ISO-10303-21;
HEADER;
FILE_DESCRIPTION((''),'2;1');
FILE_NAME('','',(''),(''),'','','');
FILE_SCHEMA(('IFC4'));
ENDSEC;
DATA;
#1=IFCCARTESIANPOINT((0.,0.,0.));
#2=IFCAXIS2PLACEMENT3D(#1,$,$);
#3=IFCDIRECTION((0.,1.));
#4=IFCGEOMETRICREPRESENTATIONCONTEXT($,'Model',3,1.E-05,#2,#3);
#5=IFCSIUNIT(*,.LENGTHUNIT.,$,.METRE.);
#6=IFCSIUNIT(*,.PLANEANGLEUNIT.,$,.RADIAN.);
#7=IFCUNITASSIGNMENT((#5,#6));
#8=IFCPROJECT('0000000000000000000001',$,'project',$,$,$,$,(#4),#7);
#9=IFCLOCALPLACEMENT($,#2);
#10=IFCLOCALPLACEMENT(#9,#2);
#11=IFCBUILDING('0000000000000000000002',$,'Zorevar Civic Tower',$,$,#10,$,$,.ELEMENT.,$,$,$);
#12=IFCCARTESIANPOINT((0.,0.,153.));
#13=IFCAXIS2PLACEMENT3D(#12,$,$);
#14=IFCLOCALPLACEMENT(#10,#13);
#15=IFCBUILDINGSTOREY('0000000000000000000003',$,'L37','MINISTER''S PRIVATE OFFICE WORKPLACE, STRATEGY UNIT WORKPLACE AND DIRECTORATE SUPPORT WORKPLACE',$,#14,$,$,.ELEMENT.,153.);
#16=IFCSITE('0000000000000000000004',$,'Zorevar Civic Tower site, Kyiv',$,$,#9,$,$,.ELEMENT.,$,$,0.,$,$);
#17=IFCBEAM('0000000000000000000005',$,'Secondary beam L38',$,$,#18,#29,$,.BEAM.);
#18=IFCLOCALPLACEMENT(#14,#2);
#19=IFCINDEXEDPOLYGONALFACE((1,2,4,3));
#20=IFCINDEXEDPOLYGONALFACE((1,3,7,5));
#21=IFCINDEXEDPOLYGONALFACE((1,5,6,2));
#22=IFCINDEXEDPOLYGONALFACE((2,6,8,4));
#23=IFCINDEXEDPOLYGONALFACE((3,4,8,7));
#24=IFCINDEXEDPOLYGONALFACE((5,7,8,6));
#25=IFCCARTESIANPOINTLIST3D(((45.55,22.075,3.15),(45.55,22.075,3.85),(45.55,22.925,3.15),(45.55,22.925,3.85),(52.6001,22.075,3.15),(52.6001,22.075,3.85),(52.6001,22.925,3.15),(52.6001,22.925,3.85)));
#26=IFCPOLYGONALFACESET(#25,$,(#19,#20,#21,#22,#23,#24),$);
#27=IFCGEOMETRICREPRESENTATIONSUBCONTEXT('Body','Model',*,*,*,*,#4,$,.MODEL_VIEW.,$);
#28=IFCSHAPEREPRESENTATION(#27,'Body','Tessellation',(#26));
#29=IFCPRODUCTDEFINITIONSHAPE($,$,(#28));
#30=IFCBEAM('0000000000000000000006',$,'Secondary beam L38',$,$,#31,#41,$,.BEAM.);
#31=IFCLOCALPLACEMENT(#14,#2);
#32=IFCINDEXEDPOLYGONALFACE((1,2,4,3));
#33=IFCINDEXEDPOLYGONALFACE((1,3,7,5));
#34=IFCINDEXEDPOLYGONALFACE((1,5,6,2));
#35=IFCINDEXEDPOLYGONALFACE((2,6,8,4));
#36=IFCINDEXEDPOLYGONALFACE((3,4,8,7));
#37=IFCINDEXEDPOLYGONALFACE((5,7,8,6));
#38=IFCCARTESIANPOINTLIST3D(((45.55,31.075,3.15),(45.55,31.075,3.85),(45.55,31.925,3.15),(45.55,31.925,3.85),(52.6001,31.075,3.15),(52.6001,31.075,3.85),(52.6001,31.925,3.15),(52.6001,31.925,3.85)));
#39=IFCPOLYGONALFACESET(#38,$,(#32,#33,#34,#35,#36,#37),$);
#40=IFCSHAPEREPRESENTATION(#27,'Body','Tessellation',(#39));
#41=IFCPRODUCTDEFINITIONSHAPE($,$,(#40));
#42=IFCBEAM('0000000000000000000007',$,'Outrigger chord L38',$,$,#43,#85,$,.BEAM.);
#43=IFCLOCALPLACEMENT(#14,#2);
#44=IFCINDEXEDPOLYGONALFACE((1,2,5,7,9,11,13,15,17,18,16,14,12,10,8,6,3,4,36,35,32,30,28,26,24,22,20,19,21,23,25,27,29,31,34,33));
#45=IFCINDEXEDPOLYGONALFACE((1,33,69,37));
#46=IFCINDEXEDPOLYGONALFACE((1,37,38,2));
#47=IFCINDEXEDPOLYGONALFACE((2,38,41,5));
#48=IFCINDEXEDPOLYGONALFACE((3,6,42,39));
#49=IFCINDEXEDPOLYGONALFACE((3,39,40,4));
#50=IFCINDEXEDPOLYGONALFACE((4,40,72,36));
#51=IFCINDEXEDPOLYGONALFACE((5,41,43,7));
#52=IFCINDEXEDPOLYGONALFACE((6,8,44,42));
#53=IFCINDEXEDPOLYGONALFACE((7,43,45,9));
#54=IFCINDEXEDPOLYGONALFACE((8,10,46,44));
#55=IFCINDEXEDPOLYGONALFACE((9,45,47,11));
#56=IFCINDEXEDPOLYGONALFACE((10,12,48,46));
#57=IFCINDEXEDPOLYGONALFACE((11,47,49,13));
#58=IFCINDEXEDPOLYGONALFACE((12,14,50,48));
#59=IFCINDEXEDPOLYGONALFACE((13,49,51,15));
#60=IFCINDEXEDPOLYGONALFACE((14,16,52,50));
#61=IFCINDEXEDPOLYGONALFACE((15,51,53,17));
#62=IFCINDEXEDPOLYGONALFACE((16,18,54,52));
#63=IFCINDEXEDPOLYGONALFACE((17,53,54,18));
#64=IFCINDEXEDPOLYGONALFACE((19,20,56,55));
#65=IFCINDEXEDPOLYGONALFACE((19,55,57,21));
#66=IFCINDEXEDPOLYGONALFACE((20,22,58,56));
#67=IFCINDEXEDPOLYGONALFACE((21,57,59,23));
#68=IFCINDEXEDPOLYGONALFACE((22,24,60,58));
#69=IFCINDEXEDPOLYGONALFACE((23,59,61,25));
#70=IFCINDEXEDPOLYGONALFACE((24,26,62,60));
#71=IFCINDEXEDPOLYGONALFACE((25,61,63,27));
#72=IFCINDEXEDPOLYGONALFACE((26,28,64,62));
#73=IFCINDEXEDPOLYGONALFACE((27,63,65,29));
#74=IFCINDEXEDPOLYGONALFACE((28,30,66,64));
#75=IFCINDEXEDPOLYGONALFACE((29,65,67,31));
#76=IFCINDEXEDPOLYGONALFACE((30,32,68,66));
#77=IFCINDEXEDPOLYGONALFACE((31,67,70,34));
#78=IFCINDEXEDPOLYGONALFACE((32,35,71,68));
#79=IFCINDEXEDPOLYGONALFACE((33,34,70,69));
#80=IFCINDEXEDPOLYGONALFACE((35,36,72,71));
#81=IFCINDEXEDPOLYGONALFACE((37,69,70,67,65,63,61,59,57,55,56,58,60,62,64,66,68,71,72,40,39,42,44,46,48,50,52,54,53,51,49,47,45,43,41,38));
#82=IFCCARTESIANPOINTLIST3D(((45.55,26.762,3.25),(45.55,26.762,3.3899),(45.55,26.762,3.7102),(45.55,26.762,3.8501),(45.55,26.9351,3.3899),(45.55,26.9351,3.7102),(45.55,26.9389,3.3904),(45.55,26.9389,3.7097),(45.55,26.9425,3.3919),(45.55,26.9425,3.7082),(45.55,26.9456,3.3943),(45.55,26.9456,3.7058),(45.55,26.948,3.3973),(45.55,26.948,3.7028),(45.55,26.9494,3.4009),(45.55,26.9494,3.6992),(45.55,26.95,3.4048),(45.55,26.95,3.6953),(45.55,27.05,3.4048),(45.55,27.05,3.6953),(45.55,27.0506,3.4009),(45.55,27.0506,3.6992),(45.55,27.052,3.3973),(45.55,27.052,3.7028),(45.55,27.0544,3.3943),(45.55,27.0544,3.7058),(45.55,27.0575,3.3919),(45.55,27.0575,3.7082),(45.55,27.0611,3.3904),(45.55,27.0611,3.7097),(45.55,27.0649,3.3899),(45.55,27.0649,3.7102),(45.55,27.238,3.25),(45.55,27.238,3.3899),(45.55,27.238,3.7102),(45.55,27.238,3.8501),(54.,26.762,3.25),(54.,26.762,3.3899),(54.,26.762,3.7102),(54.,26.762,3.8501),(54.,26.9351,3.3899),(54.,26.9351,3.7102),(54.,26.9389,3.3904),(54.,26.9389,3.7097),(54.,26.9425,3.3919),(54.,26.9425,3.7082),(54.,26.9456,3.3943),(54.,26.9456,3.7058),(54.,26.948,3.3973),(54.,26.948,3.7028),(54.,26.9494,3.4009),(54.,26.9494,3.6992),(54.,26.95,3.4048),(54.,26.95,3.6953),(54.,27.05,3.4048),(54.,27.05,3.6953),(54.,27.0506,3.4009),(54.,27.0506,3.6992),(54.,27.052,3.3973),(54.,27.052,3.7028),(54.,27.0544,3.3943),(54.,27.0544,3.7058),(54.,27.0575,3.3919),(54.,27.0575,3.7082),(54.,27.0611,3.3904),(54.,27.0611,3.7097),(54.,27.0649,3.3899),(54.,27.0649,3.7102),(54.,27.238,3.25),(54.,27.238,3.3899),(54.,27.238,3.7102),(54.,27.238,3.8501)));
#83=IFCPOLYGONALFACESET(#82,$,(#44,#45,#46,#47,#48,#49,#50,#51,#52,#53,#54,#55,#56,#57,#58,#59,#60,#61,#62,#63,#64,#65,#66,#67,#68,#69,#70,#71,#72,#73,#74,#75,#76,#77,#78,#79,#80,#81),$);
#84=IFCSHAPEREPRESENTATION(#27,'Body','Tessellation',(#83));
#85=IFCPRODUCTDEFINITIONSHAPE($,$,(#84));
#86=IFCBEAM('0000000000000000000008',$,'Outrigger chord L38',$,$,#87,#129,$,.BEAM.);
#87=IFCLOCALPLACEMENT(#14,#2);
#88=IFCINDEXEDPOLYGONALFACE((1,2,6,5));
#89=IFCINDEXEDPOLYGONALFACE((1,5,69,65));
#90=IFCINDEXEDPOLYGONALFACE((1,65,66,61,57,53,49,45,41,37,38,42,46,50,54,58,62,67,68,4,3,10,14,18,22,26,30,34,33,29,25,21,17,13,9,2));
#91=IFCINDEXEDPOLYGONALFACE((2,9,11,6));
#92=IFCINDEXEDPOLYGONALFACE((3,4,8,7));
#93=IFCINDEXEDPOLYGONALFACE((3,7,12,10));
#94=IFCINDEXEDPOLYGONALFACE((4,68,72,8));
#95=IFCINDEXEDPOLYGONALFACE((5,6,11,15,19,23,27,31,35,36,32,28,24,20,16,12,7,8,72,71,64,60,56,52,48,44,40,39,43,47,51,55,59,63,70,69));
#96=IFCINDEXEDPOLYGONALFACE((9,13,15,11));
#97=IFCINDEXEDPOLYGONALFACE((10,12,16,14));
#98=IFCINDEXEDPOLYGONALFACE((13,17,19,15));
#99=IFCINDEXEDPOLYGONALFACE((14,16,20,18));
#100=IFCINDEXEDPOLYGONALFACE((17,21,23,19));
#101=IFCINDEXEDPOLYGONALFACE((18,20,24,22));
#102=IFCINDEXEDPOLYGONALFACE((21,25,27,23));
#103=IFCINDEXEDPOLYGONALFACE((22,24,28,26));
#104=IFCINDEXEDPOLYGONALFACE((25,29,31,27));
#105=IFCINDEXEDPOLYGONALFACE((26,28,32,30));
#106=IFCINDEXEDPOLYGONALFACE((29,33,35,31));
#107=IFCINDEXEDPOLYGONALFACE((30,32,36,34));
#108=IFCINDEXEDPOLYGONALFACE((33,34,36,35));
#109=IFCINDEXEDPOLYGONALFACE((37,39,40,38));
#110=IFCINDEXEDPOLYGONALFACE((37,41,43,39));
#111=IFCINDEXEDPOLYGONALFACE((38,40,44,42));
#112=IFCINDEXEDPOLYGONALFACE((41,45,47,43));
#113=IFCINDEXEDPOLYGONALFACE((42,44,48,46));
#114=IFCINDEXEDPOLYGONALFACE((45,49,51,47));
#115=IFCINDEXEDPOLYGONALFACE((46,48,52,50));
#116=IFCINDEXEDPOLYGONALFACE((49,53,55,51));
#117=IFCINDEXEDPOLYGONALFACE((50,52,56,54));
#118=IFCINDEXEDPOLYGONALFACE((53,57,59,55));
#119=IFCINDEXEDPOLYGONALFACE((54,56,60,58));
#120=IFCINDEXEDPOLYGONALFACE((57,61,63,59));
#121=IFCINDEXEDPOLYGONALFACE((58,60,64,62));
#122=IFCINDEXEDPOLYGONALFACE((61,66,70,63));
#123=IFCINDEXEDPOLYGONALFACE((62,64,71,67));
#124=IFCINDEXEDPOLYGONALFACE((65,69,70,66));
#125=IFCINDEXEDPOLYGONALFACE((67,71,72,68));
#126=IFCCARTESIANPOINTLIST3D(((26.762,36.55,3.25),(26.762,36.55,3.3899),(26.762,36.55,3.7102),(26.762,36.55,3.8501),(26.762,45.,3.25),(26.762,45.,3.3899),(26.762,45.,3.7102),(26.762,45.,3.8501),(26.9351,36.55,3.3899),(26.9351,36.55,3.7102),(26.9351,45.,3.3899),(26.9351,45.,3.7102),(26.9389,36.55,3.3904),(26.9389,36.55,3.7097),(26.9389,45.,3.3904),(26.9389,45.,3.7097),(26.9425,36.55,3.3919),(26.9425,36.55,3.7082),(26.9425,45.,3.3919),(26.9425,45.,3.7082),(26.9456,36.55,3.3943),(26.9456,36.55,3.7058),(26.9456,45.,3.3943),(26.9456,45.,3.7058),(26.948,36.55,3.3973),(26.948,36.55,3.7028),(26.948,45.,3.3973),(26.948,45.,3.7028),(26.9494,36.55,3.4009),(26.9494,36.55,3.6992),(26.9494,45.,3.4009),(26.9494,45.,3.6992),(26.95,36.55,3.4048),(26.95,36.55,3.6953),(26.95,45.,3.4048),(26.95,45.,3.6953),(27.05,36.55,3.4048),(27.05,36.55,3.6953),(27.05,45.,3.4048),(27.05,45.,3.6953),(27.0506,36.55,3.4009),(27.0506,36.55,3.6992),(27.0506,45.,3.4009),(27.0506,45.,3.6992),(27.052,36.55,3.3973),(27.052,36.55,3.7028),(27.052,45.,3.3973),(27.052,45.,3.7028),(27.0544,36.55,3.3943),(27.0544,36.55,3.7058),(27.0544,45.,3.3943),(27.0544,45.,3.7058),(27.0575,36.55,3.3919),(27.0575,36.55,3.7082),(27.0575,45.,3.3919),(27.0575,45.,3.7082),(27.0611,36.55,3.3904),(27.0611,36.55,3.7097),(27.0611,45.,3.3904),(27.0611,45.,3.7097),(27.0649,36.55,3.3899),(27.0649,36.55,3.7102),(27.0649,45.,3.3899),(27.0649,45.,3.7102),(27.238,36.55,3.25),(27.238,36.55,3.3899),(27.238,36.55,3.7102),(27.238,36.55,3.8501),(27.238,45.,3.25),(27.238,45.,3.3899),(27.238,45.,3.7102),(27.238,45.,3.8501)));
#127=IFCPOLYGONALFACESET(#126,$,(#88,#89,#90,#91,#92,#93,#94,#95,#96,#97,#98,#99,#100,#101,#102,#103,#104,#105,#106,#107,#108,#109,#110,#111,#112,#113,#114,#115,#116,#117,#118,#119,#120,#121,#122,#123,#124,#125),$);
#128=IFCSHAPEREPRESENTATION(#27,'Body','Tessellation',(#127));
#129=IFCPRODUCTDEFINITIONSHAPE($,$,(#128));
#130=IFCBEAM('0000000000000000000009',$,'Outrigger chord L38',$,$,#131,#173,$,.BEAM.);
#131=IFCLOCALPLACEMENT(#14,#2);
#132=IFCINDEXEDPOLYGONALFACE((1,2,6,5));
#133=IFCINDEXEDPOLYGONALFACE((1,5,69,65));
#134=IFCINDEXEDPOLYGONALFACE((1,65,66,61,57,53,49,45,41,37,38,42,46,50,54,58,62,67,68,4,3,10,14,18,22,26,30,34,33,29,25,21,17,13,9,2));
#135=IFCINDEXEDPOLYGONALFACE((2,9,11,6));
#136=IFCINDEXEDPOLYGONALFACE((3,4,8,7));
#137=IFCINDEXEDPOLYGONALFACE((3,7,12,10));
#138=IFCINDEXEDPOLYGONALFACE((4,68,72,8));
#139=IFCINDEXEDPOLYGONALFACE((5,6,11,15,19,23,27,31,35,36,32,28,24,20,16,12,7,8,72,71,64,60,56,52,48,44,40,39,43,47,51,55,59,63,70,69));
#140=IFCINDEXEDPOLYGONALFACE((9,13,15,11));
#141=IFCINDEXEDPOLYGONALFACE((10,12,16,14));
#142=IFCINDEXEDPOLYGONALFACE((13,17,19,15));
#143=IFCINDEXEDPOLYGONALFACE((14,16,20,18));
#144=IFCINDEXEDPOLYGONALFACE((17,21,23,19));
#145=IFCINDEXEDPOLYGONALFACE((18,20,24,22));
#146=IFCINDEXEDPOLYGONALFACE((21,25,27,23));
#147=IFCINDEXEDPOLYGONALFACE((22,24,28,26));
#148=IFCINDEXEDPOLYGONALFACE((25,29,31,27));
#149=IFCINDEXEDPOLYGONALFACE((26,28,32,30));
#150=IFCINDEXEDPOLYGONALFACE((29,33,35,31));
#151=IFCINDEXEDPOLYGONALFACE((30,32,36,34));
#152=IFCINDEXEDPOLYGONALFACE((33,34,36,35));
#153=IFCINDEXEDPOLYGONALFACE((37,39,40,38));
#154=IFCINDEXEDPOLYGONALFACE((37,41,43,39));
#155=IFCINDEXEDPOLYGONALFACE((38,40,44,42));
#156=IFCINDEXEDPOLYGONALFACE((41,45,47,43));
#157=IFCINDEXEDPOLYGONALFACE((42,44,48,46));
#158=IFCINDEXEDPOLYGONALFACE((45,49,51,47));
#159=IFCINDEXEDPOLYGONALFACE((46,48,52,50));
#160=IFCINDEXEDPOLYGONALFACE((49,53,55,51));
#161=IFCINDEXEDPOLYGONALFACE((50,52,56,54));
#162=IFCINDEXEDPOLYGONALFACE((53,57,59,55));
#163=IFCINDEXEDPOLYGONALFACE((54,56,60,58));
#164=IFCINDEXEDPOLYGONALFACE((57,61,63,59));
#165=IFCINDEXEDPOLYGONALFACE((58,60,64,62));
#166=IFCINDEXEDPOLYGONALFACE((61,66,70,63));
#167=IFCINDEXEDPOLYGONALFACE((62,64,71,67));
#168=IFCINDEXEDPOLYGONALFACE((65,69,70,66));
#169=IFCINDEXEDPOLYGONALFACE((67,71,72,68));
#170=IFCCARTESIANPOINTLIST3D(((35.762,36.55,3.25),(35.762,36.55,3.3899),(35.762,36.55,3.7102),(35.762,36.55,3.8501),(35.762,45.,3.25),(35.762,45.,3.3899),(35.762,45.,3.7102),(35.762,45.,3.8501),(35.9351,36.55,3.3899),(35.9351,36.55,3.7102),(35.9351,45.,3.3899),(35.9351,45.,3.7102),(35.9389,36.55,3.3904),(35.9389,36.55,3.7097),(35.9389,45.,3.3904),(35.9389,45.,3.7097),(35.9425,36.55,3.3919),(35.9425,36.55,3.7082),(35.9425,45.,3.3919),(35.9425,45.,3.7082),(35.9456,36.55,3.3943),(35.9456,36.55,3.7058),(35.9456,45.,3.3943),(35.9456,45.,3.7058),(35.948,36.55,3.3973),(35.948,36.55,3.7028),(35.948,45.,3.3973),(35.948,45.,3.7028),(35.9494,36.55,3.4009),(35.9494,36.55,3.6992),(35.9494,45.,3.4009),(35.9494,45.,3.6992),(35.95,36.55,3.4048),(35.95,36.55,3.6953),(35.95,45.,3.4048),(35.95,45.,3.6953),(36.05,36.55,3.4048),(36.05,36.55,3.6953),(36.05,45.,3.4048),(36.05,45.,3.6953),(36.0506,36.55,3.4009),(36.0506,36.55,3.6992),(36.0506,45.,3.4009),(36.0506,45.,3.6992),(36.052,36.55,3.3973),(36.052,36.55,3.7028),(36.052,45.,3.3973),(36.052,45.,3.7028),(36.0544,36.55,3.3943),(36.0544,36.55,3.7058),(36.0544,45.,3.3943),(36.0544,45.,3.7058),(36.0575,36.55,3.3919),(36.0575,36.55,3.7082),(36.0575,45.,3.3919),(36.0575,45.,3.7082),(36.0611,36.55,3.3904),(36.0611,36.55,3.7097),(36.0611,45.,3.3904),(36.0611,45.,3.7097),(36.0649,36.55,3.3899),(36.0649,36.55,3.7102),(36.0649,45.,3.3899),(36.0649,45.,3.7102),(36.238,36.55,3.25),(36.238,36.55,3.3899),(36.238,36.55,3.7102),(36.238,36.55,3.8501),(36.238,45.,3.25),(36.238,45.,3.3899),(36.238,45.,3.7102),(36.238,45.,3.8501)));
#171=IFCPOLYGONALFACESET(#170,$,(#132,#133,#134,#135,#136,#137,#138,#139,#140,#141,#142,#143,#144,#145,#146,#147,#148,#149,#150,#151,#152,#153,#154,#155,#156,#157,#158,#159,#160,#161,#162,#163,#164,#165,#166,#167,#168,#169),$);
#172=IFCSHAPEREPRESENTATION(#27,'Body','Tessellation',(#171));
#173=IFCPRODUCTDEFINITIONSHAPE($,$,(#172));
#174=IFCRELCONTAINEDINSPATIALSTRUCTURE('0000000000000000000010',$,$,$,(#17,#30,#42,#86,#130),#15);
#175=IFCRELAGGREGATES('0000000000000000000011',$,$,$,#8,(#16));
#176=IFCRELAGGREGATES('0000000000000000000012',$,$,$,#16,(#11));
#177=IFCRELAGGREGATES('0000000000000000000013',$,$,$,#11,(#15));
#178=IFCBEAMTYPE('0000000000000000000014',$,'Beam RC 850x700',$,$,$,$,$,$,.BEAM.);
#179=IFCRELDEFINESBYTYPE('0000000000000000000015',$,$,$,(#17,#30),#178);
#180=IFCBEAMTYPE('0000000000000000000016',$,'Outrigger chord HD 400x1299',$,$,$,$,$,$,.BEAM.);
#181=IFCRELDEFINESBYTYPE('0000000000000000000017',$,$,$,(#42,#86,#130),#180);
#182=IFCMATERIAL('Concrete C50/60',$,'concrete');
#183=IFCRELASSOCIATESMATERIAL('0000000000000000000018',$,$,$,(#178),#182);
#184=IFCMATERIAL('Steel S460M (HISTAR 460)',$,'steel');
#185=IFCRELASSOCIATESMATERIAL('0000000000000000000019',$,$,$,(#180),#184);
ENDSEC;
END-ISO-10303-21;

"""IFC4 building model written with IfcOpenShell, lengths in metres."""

from ifc_helpers import new_model, si_unit, direction, frame, origin, origin_2d, place, context, subcontext, project, spatial, rectangle, i_section, extrude, material, material_profile, profile_set, type_object, element, save


model = new_model("IFC4")

# Units and contexts
model_context = context("Model", 3, precision=1e-05, world=origin(), true_north=direction((0.0, 1.0)))
body_context = subcontext(model_context, "Body", "Model", "MODEL_VIEW")
ifc_project = project(units=[si_unit("LENGTHUNIT", "METRE"), si_unit("PLANEANGLEUNIT", "RADIAN")], contexts=[model_context])

# Site, building, storey
site_placement = place(None, origin())
site = spatial("IfcSite", under=ifc_project, at=site_placement, Name="Zorevar Civic Tower site, Kyiv", CompositionType="ELEMENT", RefElevation=0.0)
building_placement = place(site_placement, origin())
building = spatial("IfcBuilding", under=site, at=building_placement, Name="Zorevar Civic Tower", CompositionType="ELEMENT")
storey_placement = place(building_placement, frame((0.0, 0.0, 153.0)))
storey = spatial("IfcBuildingStorey", under=building, at=storey_placement, Name="L37", Description="MINISTER'S PRIVATE OFFICE WORKPLACE, STRATEGY UNIT WORKPLACE AND DIRECTORATE SUPPORT WORKPLACE", CompositionType="ELEMENT", Elevation=153.0)

# Beams
ifc_material_1 = material(Name="Concrete C50/60", Category="concrete")
ifc_material_profile_1 = material_profile(ifc_material_1, rectangle(XDim=0.8501, YDim=0.7, at=origin_2d()), Name="RC 850x700")
ifc_profile_set_1 = profile_set([ifc_material_profile_1], Name="Concrete C50/60")
beam_type_1 = type_object("IfcBeamType", Name="Beam RC 850x700", PredefinedType="BEAM", material=ifc_profile_set_1)
for number, where, z_axis, x_axis, name in (
    (1, (45.55, 22.5, 3.5), (1.0, 0.0, 0.0), (0.0, 1.0, 0.0), "Secondary beam L38"),
    (2, (45.55, 31.5, 3.5), (1.0, 0.0, 0.0), (0.0, 1.0, 0.0), "Secondary beam L38"),
):
    element("IfcBeam", number, at=place(storey_placement, frame(where, z_axis=z_axis, x_axis=x_axis)), inside=storey, type_object=beam_type_1, Name=name, PredefinedType="BEAM", context=body_context, shape_type="SweptSolid", body=[
        extrude(rectangle(XDim=0.8501, YDim=0.7, at=origin_2d()), origin(), (0.0, 0.0, 1.0), 7.05),
    ])
ifc_material_2 = material(Name="Steel S460M (HISTAR 460)", Category="steel")
ifc_material_profile_2 = material_profile(ifc_material_2, i_section(OverallWidth=0.4761, OverallDepth=0.6001, WebThickness=0.1001, FlangeThickness=0.1399, FilletRadius=0.0149, at=origin_2d()), Name="HD 400x1299")
ifc_profile_set_2 = profile_set([ifc_material_profile_2], Name="Steel S460M (HISTAR 460)")
beam_type_2 = type_object("IfcBeamType", Name="Outrigger chord HD 400x1299", PredefinedType="BEAM", material=ifc_profile_set_2)
for number, where, z_axis, x_axis, name in (
    (3, (45.55, 27.0, 3.55), (1.0, 0.0, 0.0), (0.0, 1.0, 0.0), "Outrigger chord L38"),
    (4, (27.0, 36.55, 3.55), (0.0, 1.0, 0.0), (-1.0, 0.0, 0.0), "Outrigger chord L38"),
    (5, (36.0, 36.55, 3.55), (0.0, 1.0, 0.0), (-1.0, 0.0, 0.0), "Outrigger chord L38"),
):
    element("IfcBeam", number, at=place(storey_placement, frame(where, z_axis=z_axis, x_axis=x_axis)), inside=storey, type_object=beam_type_2, Name=name, PredefinedType="BEAM", context=body_context, shape_type="SweptSolid", body=[
        extrude(i_section(OverallWidth=0.4761, OverallDepth=0.6001, WebThickness=0.1001, FlangeThickness=0.1399, FilletRadius=0.0149, at=origin_2d()), origin(), (0.0, 0.0, 1.0), 8.45),
    ])

save(model, "model.ifc")
